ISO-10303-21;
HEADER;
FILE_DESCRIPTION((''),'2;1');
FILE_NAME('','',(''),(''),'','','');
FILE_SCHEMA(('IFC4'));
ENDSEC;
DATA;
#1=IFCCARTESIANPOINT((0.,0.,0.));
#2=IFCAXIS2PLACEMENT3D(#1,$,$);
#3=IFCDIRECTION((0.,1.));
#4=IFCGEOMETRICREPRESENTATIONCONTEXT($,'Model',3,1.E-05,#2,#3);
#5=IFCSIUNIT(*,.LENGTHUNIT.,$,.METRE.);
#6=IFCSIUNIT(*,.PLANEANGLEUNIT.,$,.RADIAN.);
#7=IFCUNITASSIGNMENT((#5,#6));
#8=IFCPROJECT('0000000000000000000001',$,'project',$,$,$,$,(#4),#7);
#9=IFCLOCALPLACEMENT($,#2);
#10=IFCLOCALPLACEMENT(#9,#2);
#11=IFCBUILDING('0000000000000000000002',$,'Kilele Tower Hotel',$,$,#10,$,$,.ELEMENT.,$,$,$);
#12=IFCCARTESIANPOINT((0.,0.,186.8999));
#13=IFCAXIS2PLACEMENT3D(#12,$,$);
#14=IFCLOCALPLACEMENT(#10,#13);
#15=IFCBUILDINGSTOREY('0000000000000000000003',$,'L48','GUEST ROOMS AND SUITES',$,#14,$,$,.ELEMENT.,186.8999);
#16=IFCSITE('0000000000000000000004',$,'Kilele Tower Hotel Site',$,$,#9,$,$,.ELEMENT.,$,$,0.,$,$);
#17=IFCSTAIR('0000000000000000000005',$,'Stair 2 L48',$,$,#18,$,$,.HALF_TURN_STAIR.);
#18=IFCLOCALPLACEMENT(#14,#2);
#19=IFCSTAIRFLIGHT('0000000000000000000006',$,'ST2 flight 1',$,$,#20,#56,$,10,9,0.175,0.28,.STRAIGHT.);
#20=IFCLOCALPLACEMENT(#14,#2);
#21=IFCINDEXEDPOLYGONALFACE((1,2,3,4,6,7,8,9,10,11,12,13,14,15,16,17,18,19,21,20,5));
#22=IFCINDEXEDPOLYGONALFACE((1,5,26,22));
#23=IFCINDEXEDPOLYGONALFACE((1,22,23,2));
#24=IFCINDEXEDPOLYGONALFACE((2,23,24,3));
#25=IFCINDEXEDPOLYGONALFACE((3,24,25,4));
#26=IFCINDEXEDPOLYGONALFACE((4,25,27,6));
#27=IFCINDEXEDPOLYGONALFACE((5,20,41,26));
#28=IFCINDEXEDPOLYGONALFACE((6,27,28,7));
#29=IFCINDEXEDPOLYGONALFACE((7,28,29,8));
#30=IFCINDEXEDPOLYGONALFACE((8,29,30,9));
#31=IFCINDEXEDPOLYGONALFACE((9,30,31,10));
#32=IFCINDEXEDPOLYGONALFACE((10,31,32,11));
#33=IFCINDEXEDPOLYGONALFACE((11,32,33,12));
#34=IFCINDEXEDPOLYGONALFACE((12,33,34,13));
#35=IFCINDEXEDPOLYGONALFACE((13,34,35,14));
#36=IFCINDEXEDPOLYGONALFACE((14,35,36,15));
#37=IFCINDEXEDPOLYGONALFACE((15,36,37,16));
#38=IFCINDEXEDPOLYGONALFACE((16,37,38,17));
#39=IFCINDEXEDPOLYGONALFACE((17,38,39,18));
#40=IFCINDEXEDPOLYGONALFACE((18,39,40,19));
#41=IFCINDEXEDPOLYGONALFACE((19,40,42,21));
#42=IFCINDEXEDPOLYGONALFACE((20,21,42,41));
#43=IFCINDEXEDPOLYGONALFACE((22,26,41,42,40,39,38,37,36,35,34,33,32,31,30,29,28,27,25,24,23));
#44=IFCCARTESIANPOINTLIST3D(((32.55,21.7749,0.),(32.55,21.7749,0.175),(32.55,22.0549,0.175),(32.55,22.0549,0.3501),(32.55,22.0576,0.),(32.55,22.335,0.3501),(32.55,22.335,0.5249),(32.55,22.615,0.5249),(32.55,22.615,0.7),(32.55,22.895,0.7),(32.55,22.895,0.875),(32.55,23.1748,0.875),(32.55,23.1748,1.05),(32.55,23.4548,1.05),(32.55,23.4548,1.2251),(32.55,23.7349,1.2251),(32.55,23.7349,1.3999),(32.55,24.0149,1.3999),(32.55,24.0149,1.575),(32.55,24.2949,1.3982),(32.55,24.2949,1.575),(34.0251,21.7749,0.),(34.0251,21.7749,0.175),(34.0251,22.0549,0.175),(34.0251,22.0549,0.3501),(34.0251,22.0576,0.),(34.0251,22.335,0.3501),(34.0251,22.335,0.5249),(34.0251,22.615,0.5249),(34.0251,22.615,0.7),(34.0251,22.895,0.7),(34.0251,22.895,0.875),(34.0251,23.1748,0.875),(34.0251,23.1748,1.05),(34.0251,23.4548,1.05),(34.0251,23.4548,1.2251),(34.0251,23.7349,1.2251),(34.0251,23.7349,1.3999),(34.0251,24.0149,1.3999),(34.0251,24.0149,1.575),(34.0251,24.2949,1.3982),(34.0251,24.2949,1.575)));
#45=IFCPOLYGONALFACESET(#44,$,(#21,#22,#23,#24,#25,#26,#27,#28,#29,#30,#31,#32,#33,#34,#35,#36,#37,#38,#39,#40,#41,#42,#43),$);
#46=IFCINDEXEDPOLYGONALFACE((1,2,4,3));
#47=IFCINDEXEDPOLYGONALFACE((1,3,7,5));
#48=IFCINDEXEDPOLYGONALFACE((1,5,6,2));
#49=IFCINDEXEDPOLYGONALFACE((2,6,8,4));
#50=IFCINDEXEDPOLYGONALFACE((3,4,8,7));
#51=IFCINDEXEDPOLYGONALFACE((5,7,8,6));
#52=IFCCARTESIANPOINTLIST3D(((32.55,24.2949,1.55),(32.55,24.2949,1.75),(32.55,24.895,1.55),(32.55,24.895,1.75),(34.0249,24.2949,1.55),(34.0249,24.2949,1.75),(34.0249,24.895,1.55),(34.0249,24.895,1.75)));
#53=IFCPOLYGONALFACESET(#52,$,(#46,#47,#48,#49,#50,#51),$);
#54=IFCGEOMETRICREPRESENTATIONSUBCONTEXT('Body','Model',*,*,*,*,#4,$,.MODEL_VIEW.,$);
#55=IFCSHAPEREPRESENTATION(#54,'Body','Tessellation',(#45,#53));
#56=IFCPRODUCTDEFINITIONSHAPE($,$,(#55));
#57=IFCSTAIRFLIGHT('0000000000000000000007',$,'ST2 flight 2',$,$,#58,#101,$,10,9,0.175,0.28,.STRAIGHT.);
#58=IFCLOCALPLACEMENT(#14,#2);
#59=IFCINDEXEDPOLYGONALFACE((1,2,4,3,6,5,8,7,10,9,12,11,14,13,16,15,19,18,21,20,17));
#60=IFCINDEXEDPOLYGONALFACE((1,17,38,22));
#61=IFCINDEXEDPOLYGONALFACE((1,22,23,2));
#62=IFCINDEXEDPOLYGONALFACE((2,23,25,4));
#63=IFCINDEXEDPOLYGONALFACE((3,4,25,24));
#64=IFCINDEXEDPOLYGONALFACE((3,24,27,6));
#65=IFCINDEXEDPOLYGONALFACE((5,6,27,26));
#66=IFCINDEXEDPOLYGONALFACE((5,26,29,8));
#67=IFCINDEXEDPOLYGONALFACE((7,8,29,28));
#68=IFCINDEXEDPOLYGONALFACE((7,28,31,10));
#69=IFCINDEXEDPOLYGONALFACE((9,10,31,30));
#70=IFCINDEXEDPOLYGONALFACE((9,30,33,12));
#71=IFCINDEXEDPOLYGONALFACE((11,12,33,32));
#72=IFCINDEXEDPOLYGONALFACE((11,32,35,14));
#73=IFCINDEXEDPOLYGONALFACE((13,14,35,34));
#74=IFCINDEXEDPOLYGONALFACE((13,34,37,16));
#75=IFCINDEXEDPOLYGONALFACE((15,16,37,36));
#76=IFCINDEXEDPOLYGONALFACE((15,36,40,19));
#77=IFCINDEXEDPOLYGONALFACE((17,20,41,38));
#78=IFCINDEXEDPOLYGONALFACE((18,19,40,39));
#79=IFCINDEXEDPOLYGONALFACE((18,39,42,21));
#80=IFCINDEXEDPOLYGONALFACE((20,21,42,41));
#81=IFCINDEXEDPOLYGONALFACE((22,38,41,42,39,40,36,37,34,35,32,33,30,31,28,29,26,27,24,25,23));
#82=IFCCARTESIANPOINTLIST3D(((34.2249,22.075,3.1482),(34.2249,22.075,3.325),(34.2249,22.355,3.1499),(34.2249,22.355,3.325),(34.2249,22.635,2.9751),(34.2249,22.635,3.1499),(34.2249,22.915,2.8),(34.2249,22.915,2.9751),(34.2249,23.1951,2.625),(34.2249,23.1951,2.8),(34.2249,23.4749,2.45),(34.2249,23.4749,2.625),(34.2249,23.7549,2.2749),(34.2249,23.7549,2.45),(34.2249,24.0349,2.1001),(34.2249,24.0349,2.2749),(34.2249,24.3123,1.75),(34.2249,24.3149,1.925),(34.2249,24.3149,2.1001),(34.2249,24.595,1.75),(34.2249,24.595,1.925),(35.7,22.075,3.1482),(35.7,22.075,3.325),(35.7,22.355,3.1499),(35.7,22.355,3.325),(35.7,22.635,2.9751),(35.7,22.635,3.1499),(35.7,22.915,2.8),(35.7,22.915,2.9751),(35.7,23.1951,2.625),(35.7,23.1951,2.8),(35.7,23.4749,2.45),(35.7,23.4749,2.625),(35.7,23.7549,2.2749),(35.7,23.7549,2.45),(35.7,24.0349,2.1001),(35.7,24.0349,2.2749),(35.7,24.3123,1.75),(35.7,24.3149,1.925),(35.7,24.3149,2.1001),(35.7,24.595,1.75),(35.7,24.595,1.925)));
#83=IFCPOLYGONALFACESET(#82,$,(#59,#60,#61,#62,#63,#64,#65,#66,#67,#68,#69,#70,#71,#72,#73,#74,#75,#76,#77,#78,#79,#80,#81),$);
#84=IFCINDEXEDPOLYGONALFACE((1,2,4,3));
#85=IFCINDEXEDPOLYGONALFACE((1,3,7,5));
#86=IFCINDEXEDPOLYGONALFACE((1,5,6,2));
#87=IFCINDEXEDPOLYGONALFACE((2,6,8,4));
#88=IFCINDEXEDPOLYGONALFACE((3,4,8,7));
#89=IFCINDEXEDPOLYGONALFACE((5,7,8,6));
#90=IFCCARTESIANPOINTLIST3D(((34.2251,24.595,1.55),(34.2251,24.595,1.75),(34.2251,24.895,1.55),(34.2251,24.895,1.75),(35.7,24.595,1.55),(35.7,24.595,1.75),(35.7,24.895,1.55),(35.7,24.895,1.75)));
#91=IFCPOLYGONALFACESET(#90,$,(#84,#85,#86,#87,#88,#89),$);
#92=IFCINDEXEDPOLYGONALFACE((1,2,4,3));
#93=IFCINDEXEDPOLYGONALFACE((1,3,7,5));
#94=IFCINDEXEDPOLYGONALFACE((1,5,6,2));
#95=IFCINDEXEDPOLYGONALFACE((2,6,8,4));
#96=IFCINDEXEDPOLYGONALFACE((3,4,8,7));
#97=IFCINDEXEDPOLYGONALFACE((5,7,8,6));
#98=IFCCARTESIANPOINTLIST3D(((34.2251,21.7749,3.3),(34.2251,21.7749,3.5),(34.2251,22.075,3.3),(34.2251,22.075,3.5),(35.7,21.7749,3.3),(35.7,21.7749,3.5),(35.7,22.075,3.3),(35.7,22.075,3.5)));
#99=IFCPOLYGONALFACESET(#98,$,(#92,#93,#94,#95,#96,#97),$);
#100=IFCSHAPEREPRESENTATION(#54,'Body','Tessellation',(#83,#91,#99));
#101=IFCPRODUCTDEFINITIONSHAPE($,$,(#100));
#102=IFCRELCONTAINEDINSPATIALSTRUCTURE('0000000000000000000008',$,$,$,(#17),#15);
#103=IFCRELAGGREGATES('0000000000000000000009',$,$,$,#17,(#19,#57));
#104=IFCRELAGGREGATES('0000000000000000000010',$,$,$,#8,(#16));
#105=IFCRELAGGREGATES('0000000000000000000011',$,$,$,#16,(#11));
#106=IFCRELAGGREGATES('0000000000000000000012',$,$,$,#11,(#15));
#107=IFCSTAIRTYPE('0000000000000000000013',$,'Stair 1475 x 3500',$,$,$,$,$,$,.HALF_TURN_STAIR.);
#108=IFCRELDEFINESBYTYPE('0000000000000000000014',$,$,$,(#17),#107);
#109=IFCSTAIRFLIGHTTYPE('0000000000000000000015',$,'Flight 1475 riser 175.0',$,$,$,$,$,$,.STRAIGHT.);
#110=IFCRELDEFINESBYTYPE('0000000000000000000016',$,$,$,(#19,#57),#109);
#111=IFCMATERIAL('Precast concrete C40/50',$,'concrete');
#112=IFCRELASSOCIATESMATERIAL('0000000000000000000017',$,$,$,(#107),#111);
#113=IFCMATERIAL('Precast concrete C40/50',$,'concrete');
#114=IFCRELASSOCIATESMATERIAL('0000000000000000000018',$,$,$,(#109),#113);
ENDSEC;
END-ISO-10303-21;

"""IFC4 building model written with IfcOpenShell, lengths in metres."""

from ifc_helpers import new_model, si_unit, direction, frame, origin, place, context, subcontext, project, spatial, polyline, outline, extrude, material, type_object, element, aggregate, save


model = new_model("IFC4")

# Units and contexts
model_context = context("Model", 3, precision=1e-05, world=origin(), true_north=direction((0.0, 1.0)))
body_context = subcontext(model_context, "Body", "Model", "MODEL_VIEW")
ifc_project = project(units=[si_unit("LENGTHUNIT", "METRE"), si_unit("PLANEANGLEUNIT", "RADIAN")], contexts=[model_context])

# Site, building, storey
site_placement = place(None, origin())
site = spatial("IfcSite", under=ifc_project, at=site_placement, Name="Kilele Tower Hotel Site", CompositionType="ELEMENT", RefElevation=0.0)
building_placement = place(site_placement, origin())
building = spatial("IfcBuilding", under=site, at=building_placement, Name="Kilele Tower Hotel", CompositionType="ELEMENT")
storey_placement = place(building_placement, frame((0.0, 0.0, 186.8999)))
storey = spatial("IfcBuildingStorey", under=building, at=storey_placement, Name="L48", Description="GUEST ROOMS AND SUITES", CompositionType="ELEMENT", Elevation=186.8999)

# Stair, stair flights
ifc_material_1 = material(Name="Precast concrete C40/50", Category="concrete")
stair_type = type_object("IfcStairType", Name="Stair 1475 x 3500", PredefinedType="HALF_TURN_STAIR", material=ifc_material_1)
stair_placement = place(storey_placement, origin())
stair = element("IfcStair", 1, at=stair_placement, inside=storey, type_object=stair_type, Name="Stair 2 L48", PredefinedType="HALF_TURN_STAIR")
ifc_material_2 = material(Name="Precast concrete C40/50", Category="concrete")
stair_flight_type = type_object("IfcStairFlightType", Name="Flight 1475 riser 175.0", PredefinedType="STRAIGHT", material=ifc_material_2)
stair_flight_1_placement = place(storey_placement, frame((33.2876, 21.7749, 0.0), z_axis=(0.0, 0.0, 1.0), x_axis=(0.0, 1.0, 0.0)))
stair_flight_1 = element("IfcStairFlight", 2, at=stair_flight_1_placement, type_object=stair_flight_type, Name="ST2 flight 1", NumberOfRisers=10, NumberOfTreads=9, PredefinedType="STRAIGHT", RiserHeight=0.175, TreadLength=0.28, context=body_context, shape_type="SweptSolid", body=[
    extrude(outline(polyline([(0.0, 0.0), (0.0, 0.175), (0.28, 0.175), (0.28, 0.3501), (0.5601, 0.3501), (0.5601, 0.5249), (0.8401, 0.5249), (0.8401, 0.7), (1.1201, 0.7), (1.1201, 0.875), (1.3999, 0.875), (1.3999, 1.05), (1.6799, 1.05), (1.6799, 1.2251), (1.96, 1.2251), (1.96, 1.3999), (2.24, 1.3999), (2.24, 1.575), (2.52, 1.575), (2.52, 1.75), (2.52, 1.3982), (0.2827, 0.0), (0.0, 0.0)])), frame((0.0, 0.7375, 0.0), z_axis=(0.0, -1.0, 0.0), x_axis=(1.0, 0.0, 0.0)), (0.0, 0.0, 1.0), 1.4751),
    extrude(outline(polyline([(2.52, 0.7375), (2.52, -0.7373), (3.1201, -0.7373), (3.1201, 0.7375), (2.52, 0.7375)])), frame((0.0, 0.0, 1.55)), (0.0, 0.0, 1.0), 0.2),
])
stair_flight_2_placement = place(storey_placement, frame((34.9624, 24.595, 1.75), z_axis=(0.0, 0.0, 1.0), x_axis=(0.0, -1.0, 0.0)))
stair_flight_2 = element("IfcStairFlight", 3, at=stair_flight_2_placement, type_object=stair_flight_type, Name="ST2 flight 2", NumberOfRisers=10, NumberOfTreads=9, PredefinedType="STRAIGHT", RiserHeight=0.175, TreadLength=0.28, context=body_context, shape_type="SweptSolid", body=[
    extrude(outline(polyline([(0.0, 0.0), (0.0, 0.175), (0.28, 0.175), (0.28, 0.3501), (0.5601, 0.3501), (0.5601, 0.5249), (0.8401, 0.5249), (0.8401, 0.7), (1.1201, 0.7), (1.1201, 0.875), (1.3999, 0.875), (1.3999, 1.05), (1.6799, 1.05), (1.6799, 1.2251), (1.96, 1.2251), (1.96, 1.3999), (2.24, 1.3999), (2.24, 1.575), (2.52, 1.575), (2.52, 1.75), (2.52, 1.3982), (0.2827, 0.0), (0.0, 0.0)])), frame((0.0, 0.7375, 0.0), z_axis=(0.0, -1.0, 0.0), x_axis=(1.0, 0.0, 0.0)), (0.0, 0.0, 1.0), 1.4751),
    extrude(outline(polyline([(0.0, -0.7373), (0.0, 0.7375), (-0.3, 0.7375), (-0.3, -0.7373), (0.0, -0.7373)])), frame((0.0, 0.0, -0.2)), (0.0, 0.0, 1.0), 0.2),
    extrude(outline(polyline([(2.8201, -0.7373), (2.8201, 0.7375), (2.52, 0.7375), (2.52, -0.7373), (2.8201, -0.7373)])), frame((0.0, 0.0, 1.55)), (0.0, 0.0, 1.0), 0.2),
])
aggregate(stair, [stair_flight_1, stair_flight_2])

save(model, "model.ifc")
